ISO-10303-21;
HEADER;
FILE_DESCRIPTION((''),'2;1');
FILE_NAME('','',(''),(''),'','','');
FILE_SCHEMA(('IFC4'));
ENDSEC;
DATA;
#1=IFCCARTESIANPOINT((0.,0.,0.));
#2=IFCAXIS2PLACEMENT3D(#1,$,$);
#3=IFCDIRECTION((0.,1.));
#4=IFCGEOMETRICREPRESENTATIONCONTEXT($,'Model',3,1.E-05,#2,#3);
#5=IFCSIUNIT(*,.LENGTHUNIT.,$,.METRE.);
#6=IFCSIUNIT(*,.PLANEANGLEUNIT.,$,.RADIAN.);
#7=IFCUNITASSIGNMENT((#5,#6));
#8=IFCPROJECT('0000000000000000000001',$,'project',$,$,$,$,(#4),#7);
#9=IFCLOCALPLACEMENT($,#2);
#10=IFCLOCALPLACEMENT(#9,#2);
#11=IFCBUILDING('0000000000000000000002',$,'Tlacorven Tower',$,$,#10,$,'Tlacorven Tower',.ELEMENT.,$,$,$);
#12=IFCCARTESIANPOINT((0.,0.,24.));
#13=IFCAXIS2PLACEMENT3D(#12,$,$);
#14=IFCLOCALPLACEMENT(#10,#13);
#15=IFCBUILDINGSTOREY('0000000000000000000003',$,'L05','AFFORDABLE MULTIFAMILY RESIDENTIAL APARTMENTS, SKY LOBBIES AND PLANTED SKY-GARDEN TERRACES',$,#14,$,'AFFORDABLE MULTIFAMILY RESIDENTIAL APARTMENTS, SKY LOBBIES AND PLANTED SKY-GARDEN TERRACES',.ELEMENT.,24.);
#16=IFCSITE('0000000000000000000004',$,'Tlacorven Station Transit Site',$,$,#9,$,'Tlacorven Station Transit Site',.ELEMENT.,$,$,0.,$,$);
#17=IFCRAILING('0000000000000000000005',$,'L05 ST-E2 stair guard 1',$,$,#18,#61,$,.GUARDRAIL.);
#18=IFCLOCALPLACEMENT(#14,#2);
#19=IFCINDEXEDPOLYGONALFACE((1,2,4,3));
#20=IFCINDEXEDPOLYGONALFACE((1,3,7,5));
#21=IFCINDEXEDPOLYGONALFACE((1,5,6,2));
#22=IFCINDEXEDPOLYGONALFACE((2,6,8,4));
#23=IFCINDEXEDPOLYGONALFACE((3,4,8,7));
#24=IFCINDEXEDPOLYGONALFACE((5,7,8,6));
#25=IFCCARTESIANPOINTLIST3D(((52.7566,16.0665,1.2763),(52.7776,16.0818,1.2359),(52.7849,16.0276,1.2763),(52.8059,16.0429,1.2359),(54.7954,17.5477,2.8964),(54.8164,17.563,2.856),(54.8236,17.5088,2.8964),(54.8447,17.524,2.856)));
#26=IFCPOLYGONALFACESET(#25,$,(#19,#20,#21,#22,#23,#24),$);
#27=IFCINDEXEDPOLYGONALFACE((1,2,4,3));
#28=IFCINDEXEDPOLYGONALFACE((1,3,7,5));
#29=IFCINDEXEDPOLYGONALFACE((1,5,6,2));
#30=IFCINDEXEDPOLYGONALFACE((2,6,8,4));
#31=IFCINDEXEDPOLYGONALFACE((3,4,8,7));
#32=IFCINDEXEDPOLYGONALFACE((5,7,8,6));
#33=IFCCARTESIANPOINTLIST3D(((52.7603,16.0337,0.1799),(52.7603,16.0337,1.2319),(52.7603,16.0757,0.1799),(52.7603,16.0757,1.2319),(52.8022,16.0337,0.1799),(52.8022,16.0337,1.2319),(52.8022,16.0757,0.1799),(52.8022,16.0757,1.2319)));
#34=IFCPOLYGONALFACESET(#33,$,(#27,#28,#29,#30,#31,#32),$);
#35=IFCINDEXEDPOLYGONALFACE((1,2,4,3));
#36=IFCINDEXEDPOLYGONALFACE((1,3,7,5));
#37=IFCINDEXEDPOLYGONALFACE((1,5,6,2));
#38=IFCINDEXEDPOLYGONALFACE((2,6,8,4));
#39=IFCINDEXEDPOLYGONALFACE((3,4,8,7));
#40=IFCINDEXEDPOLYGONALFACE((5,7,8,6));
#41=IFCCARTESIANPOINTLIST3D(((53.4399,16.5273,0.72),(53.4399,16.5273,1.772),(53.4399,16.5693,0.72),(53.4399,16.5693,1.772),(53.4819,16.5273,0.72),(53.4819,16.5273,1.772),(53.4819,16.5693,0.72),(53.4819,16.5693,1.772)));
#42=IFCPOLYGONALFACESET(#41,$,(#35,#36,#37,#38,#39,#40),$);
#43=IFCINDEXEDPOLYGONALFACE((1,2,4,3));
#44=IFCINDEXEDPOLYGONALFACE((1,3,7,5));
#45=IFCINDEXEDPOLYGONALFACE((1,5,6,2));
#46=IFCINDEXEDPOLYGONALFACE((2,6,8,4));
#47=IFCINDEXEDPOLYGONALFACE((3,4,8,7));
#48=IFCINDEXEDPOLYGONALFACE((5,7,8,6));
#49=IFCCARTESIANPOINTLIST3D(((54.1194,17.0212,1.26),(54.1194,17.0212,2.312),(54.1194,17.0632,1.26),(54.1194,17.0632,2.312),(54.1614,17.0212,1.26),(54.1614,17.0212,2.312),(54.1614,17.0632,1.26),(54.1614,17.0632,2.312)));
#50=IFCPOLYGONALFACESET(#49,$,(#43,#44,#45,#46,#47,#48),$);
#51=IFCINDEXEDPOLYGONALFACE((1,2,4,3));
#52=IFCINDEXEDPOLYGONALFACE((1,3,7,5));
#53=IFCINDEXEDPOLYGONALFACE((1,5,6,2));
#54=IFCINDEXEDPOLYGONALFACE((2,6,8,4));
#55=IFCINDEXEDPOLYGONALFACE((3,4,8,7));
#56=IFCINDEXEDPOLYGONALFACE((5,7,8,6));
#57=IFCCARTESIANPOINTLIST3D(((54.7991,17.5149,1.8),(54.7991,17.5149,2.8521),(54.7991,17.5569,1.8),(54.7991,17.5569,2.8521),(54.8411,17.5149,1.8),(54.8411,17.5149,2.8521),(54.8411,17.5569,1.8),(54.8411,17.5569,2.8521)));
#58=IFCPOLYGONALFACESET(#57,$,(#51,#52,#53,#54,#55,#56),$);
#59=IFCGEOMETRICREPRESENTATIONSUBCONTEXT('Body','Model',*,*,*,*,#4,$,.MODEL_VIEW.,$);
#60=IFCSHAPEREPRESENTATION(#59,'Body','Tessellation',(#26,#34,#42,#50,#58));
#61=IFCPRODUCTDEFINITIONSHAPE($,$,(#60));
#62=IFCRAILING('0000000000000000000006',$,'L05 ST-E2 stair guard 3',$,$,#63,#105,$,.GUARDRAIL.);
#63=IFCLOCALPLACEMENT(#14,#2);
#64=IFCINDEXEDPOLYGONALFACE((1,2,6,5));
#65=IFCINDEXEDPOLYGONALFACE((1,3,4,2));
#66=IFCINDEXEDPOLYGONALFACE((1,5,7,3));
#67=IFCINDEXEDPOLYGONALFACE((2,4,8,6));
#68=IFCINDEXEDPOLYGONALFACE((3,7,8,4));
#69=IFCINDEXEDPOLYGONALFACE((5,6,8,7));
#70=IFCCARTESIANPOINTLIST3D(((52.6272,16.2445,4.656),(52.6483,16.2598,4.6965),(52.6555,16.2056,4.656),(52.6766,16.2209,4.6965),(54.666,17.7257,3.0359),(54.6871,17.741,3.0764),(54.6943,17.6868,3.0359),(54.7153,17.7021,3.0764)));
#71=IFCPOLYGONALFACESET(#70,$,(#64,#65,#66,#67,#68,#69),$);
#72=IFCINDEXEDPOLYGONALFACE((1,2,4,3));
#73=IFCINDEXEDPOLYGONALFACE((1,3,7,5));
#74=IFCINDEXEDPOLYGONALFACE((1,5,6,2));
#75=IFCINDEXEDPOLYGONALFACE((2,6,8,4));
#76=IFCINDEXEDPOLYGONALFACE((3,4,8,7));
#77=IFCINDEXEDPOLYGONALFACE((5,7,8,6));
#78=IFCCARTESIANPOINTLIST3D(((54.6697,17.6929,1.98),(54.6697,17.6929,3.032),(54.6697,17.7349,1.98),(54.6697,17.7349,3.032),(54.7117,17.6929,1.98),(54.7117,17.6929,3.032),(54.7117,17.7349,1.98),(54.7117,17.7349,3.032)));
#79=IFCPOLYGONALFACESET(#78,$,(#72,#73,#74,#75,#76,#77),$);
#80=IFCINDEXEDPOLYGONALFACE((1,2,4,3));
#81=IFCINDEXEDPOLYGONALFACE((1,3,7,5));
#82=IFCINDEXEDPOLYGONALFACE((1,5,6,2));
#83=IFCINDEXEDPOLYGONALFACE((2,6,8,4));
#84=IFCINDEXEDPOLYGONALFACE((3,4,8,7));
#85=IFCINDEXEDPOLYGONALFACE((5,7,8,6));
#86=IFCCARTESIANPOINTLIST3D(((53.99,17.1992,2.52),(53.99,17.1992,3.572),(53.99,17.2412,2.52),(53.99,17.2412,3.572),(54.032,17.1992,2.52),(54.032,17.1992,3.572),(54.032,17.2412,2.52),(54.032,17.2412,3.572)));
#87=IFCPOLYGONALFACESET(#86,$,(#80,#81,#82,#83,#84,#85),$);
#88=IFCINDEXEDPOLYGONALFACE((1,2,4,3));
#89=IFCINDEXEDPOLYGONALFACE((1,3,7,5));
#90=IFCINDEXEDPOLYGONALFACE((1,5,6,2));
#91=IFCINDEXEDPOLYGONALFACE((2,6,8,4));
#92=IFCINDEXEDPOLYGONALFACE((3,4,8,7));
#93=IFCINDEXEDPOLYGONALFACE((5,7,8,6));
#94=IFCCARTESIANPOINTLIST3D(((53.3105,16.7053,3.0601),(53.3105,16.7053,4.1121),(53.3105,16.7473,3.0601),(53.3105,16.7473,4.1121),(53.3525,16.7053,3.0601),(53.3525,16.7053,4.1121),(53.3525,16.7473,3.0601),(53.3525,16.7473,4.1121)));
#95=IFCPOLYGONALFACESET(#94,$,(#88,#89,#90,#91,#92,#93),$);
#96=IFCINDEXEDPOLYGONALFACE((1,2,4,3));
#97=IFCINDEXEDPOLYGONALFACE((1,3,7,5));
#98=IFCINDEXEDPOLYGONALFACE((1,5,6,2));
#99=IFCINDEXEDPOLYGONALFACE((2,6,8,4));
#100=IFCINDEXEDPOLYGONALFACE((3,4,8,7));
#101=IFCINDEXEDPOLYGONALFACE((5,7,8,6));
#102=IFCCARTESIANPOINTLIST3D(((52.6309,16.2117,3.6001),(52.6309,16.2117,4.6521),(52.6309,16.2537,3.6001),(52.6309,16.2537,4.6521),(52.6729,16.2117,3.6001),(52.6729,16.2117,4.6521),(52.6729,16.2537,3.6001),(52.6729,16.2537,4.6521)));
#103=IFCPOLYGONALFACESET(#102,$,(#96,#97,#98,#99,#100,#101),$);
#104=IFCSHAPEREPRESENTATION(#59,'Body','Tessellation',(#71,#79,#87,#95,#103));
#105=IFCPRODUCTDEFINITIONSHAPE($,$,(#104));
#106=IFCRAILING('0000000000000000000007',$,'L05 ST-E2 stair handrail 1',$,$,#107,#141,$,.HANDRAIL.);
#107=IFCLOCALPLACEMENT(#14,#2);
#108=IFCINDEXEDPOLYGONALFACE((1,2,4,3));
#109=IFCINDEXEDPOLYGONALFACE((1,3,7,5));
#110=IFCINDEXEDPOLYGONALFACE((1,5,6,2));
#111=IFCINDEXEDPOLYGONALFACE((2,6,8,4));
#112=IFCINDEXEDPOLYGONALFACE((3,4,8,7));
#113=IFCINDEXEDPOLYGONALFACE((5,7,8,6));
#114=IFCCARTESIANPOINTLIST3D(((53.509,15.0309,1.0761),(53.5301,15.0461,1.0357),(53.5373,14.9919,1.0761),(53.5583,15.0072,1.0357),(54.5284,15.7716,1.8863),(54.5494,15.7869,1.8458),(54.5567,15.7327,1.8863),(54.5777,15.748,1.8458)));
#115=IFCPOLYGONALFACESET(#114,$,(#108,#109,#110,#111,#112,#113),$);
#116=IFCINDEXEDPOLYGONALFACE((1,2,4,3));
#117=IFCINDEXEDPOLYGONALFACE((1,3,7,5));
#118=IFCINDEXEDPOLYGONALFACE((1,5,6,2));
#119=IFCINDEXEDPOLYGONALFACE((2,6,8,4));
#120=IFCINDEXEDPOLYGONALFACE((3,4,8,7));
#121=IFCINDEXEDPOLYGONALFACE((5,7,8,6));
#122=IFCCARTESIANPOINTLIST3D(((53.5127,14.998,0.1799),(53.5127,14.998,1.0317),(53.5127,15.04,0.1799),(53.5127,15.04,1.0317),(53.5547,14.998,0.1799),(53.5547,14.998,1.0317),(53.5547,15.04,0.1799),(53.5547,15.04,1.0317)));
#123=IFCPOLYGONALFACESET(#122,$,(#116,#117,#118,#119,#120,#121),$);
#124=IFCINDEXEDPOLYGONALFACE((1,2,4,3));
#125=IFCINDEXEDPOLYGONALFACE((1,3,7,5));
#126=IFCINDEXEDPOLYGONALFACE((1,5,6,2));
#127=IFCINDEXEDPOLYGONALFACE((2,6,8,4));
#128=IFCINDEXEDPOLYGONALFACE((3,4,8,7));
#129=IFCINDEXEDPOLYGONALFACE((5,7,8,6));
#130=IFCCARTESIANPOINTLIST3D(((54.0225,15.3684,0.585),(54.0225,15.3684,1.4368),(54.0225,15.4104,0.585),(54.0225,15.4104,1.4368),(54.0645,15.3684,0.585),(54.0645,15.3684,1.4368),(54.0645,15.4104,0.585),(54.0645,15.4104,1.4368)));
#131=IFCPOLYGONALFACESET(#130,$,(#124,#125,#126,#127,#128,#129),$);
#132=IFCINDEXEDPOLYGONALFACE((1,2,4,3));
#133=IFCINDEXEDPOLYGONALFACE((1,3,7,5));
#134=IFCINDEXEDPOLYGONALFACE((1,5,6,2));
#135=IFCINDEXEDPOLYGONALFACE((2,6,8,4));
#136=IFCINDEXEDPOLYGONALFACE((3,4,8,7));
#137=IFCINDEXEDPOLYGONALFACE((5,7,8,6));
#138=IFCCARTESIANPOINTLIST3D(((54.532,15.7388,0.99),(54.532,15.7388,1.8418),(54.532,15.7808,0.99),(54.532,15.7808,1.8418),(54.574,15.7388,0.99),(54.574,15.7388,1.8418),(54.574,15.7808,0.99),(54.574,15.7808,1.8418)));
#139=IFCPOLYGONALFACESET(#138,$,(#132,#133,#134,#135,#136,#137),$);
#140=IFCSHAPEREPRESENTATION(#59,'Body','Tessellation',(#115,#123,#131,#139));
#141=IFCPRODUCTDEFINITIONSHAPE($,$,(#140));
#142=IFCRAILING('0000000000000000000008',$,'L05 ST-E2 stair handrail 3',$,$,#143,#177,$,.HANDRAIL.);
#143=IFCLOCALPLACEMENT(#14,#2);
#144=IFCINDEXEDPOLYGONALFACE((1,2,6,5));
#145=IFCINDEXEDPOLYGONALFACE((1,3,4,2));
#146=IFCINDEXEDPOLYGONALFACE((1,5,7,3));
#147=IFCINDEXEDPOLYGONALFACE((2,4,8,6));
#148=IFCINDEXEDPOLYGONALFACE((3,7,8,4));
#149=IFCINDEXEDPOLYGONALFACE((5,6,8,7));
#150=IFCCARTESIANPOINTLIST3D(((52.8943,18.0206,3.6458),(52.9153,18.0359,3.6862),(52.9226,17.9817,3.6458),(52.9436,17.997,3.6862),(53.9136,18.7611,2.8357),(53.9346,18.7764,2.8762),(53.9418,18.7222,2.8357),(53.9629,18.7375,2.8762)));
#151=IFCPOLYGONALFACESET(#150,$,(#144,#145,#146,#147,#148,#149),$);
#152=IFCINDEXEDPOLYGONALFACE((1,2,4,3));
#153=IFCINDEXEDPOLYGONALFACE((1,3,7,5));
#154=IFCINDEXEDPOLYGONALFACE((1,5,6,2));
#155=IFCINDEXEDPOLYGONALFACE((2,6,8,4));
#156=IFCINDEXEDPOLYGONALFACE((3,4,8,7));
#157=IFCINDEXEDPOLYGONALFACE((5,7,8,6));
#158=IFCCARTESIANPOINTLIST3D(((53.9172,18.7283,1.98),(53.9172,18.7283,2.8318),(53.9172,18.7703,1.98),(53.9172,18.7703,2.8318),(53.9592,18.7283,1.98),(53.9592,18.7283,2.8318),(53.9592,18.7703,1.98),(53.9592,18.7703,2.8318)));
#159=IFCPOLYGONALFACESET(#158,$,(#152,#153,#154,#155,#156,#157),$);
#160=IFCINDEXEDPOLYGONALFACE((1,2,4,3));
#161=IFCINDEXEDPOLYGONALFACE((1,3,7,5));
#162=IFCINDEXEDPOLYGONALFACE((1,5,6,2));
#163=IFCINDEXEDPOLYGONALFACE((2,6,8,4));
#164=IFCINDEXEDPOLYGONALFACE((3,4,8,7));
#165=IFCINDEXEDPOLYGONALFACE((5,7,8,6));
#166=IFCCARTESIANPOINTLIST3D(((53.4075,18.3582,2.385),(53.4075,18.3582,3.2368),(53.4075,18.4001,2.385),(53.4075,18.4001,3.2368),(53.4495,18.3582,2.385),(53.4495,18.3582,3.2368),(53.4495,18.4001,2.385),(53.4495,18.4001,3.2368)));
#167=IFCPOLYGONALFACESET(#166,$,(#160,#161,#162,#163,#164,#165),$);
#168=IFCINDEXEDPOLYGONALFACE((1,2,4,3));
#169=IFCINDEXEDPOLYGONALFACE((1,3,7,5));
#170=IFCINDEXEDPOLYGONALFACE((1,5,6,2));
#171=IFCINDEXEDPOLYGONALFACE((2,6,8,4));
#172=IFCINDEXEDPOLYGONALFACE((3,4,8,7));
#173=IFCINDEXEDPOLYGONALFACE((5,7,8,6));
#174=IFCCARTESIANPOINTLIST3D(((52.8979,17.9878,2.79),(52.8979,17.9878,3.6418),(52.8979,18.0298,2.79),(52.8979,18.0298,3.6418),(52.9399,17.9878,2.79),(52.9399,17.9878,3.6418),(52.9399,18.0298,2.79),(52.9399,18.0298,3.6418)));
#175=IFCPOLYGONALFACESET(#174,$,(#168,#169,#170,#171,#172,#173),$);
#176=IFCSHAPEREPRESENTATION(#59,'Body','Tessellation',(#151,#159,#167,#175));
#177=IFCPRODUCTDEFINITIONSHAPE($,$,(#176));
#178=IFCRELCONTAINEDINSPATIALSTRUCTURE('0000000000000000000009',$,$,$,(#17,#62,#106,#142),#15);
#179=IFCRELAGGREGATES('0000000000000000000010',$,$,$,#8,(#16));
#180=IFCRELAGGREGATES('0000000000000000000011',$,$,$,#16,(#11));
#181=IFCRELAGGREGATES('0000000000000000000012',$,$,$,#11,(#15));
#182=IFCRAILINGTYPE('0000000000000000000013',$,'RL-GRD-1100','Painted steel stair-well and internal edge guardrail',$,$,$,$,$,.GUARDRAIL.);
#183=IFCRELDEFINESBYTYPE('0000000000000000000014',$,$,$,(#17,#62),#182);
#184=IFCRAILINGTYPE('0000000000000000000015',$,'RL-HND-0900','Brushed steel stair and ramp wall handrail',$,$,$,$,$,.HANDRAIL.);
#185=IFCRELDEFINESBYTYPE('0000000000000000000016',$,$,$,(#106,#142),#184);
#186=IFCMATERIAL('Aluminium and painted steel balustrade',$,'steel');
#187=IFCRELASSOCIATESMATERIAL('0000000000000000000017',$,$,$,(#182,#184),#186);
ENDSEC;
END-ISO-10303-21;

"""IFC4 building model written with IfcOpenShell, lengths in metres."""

from ifc_helpers import new_model, si_unit, direction, frame, origin, origin_2d, place, context, subcontext, project, spatial, rectangle, extrude, source, transform, mapped, material, type_object, element, save


model = new_model("IFC4")

# Units and contexts
model_context = context("Model", 3, precision=1e-05, world=origin(), true_north=direction((0.0, 1.0)))
body_context = subcontext(model_context, "Body", "Model", "MODEL_VIEW")
ifc_project = project(units=[si_unit("LENGTHUNIT", "METRE"), si_unit("PLANEANGLEUNIT", "RADIAN")], contexts=[model_context])

# Site, building, storey
site_placement = place(None, origin())
site = spatial("IfcSite", under=ifc_project, at=site_placement, Name="Tlacorven Station Transit Site", LongName="Tlacorven Station Transit Site", CompositionType="ELEMENT", RefElevation=0.0)
building_placement = place(site_placement, origin())
building = spatial("IfcBuilding", under=site, at=building_placement, Name="Tlacorven Tower", LongName="Tlacorven Tower", CompositionType="ELEMENT")
storey_placement = place(building_placement, frame((0.0, 0.0, 24.0)))
storey = spatial("IfcBuildingStorey", under=building, at=storey_placement, Name="L05", Description="AFFORDABLE MULTIFAMILY RESIDENTIAL APARTMENTS, SKY LOBBIES AND PLANTED SKY-GARDEN TERRACES", LongName="AFFORDABLE MULTIFAMILY RESIDENTIAL APARTMENTS, SKY LOBBIES AND PLANTED SKY-GARDEN TERRACES", CompositionType="ELEMENT", Elevation=24.0)

# Railings
ifc_material_1 = material(Name="Aluminium and painted steel balustrade", Category="steel")
railing_type_1 = type_object("IfcRailingType", Name="RL-GRD-1100", Description="Painted steel stair-well and internal edge guardrail", PredefinedType="GUARDRAIL", material=ifc_material_1)
railing_type_2 = type_object("IfcRailingType", Name="RL-HND-0900", Description="Brushed steel stair and ramp wall handrail", PredefinedType="HANDRAIL", material=ifc_material_1)
shared_shape_1 = source(origin(), body_context, "Body", "SweptSolid", [
    extrude(rectangle(XDim=0.0481, YDim=0.0481, at=origin_2d()), frame((0.0, 0.0, 1.0762), z_axis=(0.680532, 0.494407, 0.540775), x_axis=(-0.587763, 0.809033, 0.0)), (0.0, 0.0, 1.0), 2.9958),
    extrude(rectangle(XDim=0.042, YDim=0.042, at=origin_2d()), origin(), (0.0, 0.0, 1.0), 1.052),
    extrude(rectangle(XDim=0.042, YDim=0.042, at=origin_2d()), frame((0.6797, 0.4937, 0.54)), (0.0, 0.0, 1.0), 1.052),
    extrude(rectangle(XDim=0.042, YDim=0.042, at=origin_2d()), frame((1.3591, 0.9875, 1.0801)), (0.0, 0.0, 1.0), 1.052),
    extrude(rectangle(XDim=0.042, YDim=0.042, at=origin_2d()), frame((2.0388, 1.4812, 1.6201)), (0.0, 0.0, 1.0), 1.052),
])
railing_1_placement = place(storey_placement, frame((52.7812, 16.0547, 0.1799)))
element("IfcRailing", 1, at=railing_1_placement, inside=storey, type_object=railing_type_1, Name="L05 ST-E2 stair guard 1", PredefinedType="GUARDRAIL", context=body_context, shape_type="MappedRepresentation", body=[
    mapped(shared_shape_1, transform((0.0, 0.0, 0.0), scale=1.0)),
])
shared_shape_2 = source(origin(), body_context, "Body", "SweptSolid", [
    extrude(rectangle(XDim=0.0481, YDim=0.0481, at=origin_2d()), frame((0.0, 0.0, 1.0762), z_axis=(-0.680532, -0.494407, 0.540775), x_axis=(0.587763, -0.809033, 0.0)), (0.0, 0.0, 1.0), 2.9958),
    extrude(rectangle(XDim=0.042, YDim=0.042, at=origin_2d()), origin(), (0.0, 0.0, 1.0), 1.052),
    extrude(rectangle(XDim=0.042, YDim=0.042, at=origin_2d()), frame((-0.6797, -0.4937, 0.54)), (0.0, 0.0, 1.0), 1.052),
    extrude(rectangle(XDim=0.042, YDim=0.042, at=origin_2d()), frame((-1.3591, -0.9875, 1.0801)), (0.0, 0.0, 1.0), 1.052),
    extrude(rectangle(XDim=0.042, YDim=0.042, at=origin_2d()), frame((-2.0388, -1.4812, 1.6201)), (0.0, 0.0, 1.0), 1.052),
])
railing_2_placement = place(storey_placement, frame((54.6907, 17.7139, 1.98)))
element("IfcRailing", 2, at=railing_2_placement, inside=storey, type_object=railing_type_1, Name="L05 ST-E2 stair guard 3", PredefinedType="GUARDRAIL", context=body_context, shape_type="MappedRepresentation", body=[
    mapped(shared_shape_2, transform((0.0, 0.0, 0.0), scale=1.0)),
])
shared_shape_3 = source(origin(), body_context, "Body", "SweptSolid", [
    extrude(rectangle(XDim=0.0481, YDim=0.0481, at=origin_2d()), frame((0.0, 0.0, 0.876), z_axis=(0.680461, 0.494496, 0.540783), x_axis=(-0.587872, 0.808954, 0.0)), (0.0, 0.0, 1.0), 1.498),
    extrude(rectangle(XDim=0.042, YDim=0.042, at=origin_2d()), origin(), (0.0, 0.0, 1.0), 0.8518),
    extrude(rectangle(XDim=0.042, YDim=0.042, at=origin_2d()), frame((0.5098, 0.3704, 0.405)), (0.0, 0.0, 1.0), 0.8518),
    extrude(rectangle(XDim=0.042, YDim=0.042, at=origin_2d()), frame((1.0193, 0.7407, 0.8101)), (0.0, 0.0, 1.0), 0.8518),
])
railing_3_placement = place(storey_placement, frame((53.5337, 15.019, 0.1799)))
element("IfcRailing", 3, at=railing_3_placement, inside=storey, type_object=railing_type_2, Name="L05 ST-E2 stair handrail 1", PredefinedType="HANDRAIL", context=body_context, shape_type="MappedRepresentation", body=[
    mapped(shared_shape_3, transform((0.0, 0.0, 0.0), scale=1.0)),
])
shared_shape_4 = source(origin(), body_context, "Body", "SweptSolid", [
    extrude(rectangle(XDim=0.0481, YDim=0.0481, at=origin_2d()), frame((0.0, 0.0, 0.876), z_axis=(-0.680516, -0.494373, 0.540827), x_axis=(0.587745, -0.809046, 0.0)), (0.0, 0.0, 1.0), 1.4978),
    extrude(rectangle(XDim=0.042, YDim=0.042, at=origin_2d()), origin(), (0.0, 0.0, 1.0), 0.8518),
    extrude(rectangle(XDim=0.042, YDim=0.042, at=origin_2d()), frame((-0.5098, -0.3701, 0.405)), (0.0, 0.0, 1.0), 0.8518),
    extrude(rectangle(XDim=0.042, YDim=0.042, at=origin_2d()), frame((-1.0193, -0.7405, 0.8101)), (0.0, 0.0, 1.0), 0.8518),
])
railing_4_placement = place(storey_placement, frame((53.9382, 18.7493, 1.98)))
element("IfcRailing", 4, at=railing_4_placement, inside=storey, type_object=railing_type_2, Name="L05 ST-E2 stair handrail 3", PredefinedType="HANDRAIL", context=body_context, shape_type="MappedRepresentation", body=[
    mapped(shared_shape_4, transform((0.0, 0.0, 0.0), scale=1.0)),
])

save(model, "model.ifc")
